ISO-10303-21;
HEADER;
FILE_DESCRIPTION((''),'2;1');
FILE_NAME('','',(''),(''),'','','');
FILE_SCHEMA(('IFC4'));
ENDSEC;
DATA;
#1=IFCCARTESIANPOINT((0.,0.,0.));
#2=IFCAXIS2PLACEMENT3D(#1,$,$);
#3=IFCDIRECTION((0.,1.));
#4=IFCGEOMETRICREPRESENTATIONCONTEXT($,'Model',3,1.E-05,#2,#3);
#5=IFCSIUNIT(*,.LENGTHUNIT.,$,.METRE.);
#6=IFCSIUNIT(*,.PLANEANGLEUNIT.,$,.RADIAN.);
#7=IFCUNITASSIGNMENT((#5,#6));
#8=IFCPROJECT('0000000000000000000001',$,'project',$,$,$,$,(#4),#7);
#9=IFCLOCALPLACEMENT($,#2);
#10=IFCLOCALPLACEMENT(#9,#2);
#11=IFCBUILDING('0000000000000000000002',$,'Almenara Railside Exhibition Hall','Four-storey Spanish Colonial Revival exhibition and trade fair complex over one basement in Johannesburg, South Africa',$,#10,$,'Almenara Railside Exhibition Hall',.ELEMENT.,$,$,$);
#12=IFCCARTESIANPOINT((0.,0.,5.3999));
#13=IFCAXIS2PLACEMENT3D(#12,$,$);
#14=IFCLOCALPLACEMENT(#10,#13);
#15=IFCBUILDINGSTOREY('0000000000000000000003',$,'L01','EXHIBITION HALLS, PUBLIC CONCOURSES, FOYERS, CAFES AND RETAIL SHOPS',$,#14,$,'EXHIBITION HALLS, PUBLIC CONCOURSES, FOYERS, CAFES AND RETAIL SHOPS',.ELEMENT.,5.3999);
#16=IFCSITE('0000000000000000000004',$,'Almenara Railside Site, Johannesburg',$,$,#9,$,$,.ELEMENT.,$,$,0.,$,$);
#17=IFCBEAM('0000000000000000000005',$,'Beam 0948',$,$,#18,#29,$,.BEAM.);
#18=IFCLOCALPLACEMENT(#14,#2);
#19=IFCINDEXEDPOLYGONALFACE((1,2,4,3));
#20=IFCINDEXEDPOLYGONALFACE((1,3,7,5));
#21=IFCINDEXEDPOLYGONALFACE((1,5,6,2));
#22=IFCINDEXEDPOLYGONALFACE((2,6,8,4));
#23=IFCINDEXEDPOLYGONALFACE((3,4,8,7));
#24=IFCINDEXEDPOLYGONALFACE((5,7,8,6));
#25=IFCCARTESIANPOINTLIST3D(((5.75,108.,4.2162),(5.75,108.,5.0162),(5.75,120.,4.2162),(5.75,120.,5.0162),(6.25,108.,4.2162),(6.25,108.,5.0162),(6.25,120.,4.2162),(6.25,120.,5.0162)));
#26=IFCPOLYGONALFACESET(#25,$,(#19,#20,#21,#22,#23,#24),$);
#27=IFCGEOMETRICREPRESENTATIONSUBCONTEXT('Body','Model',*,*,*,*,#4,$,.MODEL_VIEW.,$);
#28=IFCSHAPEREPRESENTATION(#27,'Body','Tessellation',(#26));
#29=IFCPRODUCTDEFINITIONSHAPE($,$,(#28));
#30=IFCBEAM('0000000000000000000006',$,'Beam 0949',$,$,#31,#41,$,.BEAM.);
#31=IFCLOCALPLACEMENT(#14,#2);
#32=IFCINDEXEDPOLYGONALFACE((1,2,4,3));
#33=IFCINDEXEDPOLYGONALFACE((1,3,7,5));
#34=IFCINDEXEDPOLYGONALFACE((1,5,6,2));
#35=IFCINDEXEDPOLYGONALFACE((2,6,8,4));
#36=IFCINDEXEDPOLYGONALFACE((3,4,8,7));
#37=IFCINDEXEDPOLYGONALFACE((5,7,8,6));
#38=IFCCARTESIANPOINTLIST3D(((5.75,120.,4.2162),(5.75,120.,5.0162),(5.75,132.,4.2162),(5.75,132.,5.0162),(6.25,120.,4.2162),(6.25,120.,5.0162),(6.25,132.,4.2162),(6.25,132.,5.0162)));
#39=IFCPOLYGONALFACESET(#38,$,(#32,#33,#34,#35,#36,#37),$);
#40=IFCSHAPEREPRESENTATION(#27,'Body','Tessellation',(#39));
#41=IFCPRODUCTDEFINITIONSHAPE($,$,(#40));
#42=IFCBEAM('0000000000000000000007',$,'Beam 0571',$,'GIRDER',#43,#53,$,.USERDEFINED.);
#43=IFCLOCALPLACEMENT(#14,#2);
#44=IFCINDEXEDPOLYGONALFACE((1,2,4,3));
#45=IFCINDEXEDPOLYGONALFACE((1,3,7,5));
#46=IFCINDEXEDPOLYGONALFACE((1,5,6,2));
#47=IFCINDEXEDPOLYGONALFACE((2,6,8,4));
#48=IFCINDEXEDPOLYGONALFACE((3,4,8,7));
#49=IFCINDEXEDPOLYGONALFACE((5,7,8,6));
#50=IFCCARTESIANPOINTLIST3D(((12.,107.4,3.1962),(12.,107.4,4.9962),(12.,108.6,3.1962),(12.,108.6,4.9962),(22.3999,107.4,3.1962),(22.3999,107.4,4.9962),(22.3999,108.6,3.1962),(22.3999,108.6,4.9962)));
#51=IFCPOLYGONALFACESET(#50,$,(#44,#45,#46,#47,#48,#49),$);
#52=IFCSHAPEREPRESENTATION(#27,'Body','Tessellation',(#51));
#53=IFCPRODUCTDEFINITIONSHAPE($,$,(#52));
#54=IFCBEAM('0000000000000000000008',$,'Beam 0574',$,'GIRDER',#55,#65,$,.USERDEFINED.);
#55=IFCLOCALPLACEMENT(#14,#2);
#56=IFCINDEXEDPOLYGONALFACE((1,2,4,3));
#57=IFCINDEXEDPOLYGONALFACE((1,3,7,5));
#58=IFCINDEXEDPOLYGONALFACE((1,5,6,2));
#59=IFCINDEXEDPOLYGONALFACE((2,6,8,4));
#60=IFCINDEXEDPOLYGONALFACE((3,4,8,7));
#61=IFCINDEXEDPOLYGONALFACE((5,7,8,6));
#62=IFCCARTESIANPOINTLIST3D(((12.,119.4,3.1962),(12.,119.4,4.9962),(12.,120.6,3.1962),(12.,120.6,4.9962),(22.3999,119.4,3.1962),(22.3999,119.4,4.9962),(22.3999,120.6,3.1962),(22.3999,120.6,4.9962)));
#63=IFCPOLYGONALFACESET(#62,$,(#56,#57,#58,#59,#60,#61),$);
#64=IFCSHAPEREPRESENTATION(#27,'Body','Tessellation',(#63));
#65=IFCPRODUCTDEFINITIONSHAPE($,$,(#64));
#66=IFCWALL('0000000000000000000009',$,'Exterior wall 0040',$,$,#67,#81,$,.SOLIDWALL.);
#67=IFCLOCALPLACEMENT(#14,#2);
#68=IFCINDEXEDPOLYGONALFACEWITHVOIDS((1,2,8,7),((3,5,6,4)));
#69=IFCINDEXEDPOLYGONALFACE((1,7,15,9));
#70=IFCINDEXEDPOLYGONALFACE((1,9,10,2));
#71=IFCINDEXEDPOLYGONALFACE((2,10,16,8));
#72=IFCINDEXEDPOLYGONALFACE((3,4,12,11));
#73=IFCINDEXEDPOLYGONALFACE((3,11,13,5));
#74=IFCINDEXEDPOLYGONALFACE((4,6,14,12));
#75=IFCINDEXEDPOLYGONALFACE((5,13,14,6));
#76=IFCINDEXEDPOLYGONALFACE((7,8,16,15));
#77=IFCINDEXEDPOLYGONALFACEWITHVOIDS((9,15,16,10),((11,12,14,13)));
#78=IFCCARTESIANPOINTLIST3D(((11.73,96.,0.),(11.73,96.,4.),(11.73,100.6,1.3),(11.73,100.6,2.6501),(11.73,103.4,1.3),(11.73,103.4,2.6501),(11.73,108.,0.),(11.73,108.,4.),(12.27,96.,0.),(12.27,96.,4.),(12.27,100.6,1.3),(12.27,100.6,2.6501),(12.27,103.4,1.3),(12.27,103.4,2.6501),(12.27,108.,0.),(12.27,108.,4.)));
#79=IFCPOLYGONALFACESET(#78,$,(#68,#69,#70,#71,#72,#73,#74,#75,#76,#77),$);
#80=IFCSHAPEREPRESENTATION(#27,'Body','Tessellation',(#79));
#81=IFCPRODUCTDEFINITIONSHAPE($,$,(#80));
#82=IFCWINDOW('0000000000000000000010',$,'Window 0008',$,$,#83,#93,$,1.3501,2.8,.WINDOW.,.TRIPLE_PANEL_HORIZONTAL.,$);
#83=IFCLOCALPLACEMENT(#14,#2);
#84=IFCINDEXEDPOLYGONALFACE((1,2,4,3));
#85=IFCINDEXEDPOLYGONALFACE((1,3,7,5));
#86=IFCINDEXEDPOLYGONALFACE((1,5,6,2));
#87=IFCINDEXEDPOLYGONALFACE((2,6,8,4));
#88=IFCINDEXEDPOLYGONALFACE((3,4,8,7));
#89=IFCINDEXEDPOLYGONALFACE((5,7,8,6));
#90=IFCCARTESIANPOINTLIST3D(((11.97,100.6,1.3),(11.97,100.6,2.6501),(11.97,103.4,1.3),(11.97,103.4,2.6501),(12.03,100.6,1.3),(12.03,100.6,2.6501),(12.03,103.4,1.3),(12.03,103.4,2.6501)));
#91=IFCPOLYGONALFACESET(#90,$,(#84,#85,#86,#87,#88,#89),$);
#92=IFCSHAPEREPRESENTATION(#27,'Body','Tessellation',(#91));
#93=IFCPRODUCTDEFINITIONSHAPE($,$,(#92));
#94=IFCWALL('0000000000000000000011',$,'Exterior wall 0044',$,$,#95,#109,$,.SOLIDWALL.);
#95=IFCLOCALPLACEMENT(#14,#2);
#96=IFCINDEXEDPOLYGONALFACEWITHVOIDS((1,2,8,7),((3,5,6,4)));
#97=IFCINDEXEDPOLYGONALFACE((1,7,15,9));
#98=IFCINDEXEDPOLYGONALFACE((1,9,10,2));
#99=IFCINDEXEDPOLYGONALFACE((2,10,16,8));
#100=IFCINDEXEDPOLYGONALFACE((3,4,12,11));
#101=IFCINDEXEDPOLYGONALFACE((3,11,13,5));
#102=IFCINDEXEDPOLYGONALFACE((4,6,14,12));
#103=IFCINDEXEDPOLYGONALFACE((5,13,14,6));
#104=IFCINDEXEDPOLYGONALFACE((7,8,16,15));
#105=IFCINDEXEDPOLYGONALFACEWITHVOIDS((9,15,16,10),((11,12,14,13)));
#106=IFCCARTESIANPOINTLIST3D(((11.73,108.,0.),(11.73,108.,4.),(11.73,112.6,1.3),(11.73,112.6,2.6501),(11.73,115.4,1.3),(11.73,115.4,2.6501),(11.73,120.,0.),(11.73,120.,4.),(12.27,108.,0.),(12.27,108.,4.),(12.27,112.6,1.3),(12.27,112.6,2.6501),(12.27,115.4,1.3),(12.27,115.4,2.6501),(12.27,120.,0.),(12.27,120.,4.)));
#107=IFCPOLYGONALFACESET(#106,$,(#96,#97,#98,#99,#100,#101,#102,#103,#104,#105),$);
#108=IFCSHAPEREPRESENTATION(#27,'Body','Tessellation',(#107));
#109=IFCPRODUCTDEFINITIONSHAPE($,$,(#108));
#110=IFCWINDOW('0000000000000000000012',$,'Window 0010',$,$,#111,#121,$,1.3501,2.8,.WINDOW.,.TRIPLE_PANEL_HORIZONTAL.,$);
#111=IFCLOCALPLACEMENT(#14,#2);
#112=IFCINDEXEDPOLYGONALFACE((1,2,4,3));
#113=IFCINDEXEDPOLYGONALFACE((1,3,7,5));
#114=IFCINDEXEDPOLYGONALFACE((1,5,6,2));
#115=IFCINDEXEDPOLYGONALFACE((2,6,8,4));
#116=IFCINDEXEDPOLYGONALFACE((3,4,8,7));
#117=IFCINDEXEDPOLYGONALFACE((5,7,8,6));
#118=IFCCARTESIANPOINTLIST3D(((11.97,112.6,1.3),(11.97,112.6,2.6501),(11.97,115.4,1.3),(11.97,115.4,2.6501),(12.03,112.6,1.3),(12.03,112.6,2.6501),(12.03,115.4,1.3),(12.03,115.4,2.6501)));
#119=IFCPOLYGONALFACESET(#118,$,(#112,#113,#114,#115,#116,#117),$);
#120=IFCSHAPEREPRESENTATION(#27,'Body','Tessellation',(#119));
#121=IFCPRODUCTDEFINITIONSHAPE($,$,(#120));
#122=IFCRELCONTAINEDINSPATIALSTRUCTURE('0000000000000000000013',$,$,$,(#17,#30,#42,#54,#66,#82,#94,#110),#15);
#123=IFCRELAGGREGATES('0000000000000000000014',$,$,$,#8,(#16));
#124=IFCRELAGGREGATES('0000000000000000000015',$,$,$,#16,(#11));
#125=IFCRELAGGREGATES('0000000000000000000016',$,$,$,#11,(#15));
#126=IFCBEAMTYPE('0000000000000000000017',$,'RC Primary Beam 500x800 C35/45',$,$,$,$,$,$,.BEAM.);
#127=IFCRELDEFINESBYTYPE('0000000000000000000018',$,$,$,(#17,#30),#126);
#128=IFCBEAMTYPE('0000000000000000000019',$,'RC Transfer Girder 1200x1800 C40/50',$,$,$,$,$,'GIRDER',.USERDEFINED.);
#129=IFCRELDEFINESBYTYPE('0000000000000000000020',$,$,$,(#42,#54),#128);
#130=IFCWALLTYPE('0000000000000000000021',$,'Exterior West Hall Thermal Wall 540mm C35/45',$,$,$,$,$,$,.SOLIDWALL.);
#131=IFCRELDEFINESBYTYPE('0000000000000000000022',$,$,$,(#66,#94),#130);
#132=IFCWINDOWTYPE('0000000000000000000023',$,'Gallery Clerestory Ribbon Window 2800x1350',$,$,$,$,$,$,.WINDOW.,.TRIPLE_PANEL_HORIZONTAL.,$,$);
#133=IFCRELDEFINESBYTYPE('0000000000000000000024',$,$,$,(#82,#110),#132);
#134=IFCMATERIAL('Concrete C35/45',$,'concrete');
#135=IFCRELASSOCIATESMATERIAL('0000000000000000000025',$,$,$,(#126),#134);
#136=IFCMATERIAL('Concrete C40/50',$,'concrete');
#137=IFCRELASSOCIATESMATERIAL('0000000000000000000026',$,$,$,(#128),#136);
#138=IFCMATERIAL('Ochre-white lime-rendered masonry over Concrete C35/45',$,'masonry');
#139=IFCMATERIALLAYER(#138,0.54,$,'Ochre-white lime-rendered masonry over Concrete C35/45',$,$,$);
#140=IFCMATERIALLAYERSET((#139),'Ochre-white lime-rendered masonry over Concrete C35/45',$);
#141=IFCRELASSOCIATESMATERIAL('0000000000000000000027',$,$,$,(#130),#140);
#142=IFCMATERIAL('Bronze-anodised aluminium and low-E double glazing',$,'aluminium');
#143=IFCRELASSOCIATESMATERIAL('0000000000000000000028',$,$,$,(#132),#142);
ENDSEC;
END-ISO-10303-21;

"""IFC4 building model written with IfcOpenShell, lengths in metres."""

from ifc_helpers import new_model, si_unit, direction, frame, frame_2d, origin, origin_2d, place, context, subcontext, project, spatial, rectangle, extrude, material, layer, layer_set, material_profile, profile_set, type_object, element, fill, save


model = new_model("IFC4")

# Units and contexts
model_context = context("Model", 3, precision=1e-05, world=origin(), true_north=direction((0.0, 1.0)))
body_context = subcontext(model_context, "Body", "Model", "MODEL_VIEW")
ifc_project = project(units=[si_unit("LENGTHUNIT", "METRE"), si_unit("PLANEANGLEUNIT", "RADIAN")], contexts=[model_context])

# Site, building, storey
site_placement = place(None, origin())
site = spatial("IfcSite", under=ifc_project, at=site_placement, Name="Almenara Railside Site, Johannesburg", CompositionType="ELEMENT", RefElevation=0.0)
building_placement = place(site_placement, origin())
building = spatial("IfcBuilding", under=site, at=building_placement, Name="Almenara Railside Exhibition Hall", Description="Four-storey Spanish Colonial Revival exhibition and trade fair complex over one basement in Johannesburg, South Africa", LongName="Almenara Railside Exhibition Hall", CompositionType="ELEMENT")
storey_placement = place(building_placement, frame((0.0, 0.0, 5.3999)))
storey = spatial("IfcBuildingStorey", under=building, at=storey_placement, Name="L01", Description="EXHIBITION HALLS, PUBLIC CONCOURSES, FOYERS, CAFES AND RETAIL SHOPS", LongName="EXHIBITION HALLS, PUBLIC CONCOURSES, FOYERS, CAFES AND RETAIL SHOPS", CompositionType="ELEMENT", Elevation=5.3999)

# Shared definitions
ifc_material_1 = material(Name="Concrete C35/45", Category="concrete")
ifc_material_2 = material(Name="Concrete C40/50", Category="concrete")

# Beams
ifc_material_profile_1 = material_profile(ifc_material_1, rectangle(XDim=0.5, YDim=0.8, at=origin_2d()), Name="RC 500x800")
ifc_profile_set_1 = profile_set([ifc_material_profile_1], Name="Concrete C35/45")
beam_type_1 = type_object("IfcBeamType", Name="RC Primary Beam 500x800 C35/45", PredefinedType="BEAM", material=ifc_profile_set_1)
for number, where, z_axis, x_axis, name in (
    (1, (6.0, 108.0, 4.6162), (0.0, 1.0, 0.0), (-1.0, 0.0, 0.0), "Beam 0948"),
    (2, (6.0, 120.0, 4.6162), (0.0, 1.0, 0.0), (-1.0, 0.0, 0.0), "Beam 0949"),
):
    element("IfcBeam", number, at=place(storey_placement, frame(where, z_axis=z_axis, x_axis=x_axis)), inside=storey, type_object=beam_type_1, Name=name, PredefinedType="BEAM", context=body_context, shape_type="SweptSolid", body=[
        extrude(rectangle(XDim=0.5, YDim=0.8, at=origin_2d()), origin(), (0.0, 0.0, 1.0), 12.0),
    ])
ifc_material_profile_2 = material_profile(ifc_material_2, rectangle(XDim=1.2, YDim=1.8, at=origin_2d()), Name="RC 1200x1800")
ifc_profile_set_2 = profile_set([ifc_material_profile_2], Name="Concrete C40/50")
beam_type_2 = type_object("IfcBeamType", Name="RC Transfer Girder 1200x1800 C40/50", ElementType="GIRDER", PredefinedType="USERDEFINED", material=ifc_profile_set_2)
for number, where, z_axis, x_axis, name in (
    (3, (12.0, 108.0, 4.0962), (1.0, 0.0, 0.0), (0.0, 1.0, 0.0), "Beam 0571"),
    (4, (12.0, 120.0, 4.0962), (1.0, 0.0, 0.0), (0.0, 1.0, 0.0), "Beam 0574"),
):
    element("IfcBeam", number, at=place(storey_placement, frame(where, z_axis=z_axis, x_axis=x_axis)), inside=storey, type_object=beam_type_2, Name=name, ObjectType="GIRDER", PredefinedType="USERDEFINED", context=body_context, shape_type="SweptSolid", body=[
        extrude(rectangle(XDim=1.2, YDim=1.8, at=origin_2d()), origin(), (0.0, 0.0, 1.0), 10.3999),
    ])

# Walls, openings, windows
ifc_material_3 = material(Name="Ochre-white lime-rendered masonry over Concrete C35/45", Category="masonry")
ifc_layer = layer(ifc_material_3, 0.54, Name="Ochre-white lime-rendered masonry over Concrete C35/45")
ifc_layer_set = layer_set([ifc_layer], Name="Ochre-white lime-rendered masonry over Concrete C35/45")
wall_type = type_object("IfcWallType", Name="Exterior West Hall Thermal Wall 540mm C35/45", PredefinedType="SOLIDWALL", material=ifc_layer_set)
wall_1_placement = place(storey_placement, frame((12.0, 108.0, 0.0), z_axis=(0.0, 0.0, 1.0), x_axis=(0.0, -1.0, 0.0)))
wall_1 = element("IfcWall", 5, at=wall_1_placement, inside=storey, type_object=wall_type, Name="Exterior wall 0040", PredefinedType="SOLIDWALL", context=body_context, shape_type="SweptSolid", body=[
    extrude(rectangle(XDim=12.0, YDim=0.54, at=frame_2d((6.0, 0.0))), origin(), (0.0, 0.0, 1.0), 4.0),
])
opening_1_placement = place(wall_1_placement, frame((4.6001, 0.0, 1.3)))
opening_1 = element("IfcOpeningElement", 6, at=opening_1_placement, cuts=wall_1, PredefinedType="OPENING", context=body_context, shape_type="SweptSolid", body=[
    extrude(rectangle(XDim=2.8, YDim=1.3501, at=frame_2d((1.3999, 0.675))), frame((0.0, 0.28, 0.0), z_axis=(0.0, -1.0, 0.0), x_axis=(1.0, 0.0, 0.0)), (0.0, 0.0, 1.0), 0.5601),
])
ifc_material_4 = material(Name="Bronze-anodised aluminium and low-E double glazing", Category="aluminium")
window_type = type_object("IfcWindowType", Name="Gallery Clerestory Ribbon Window 2800x1350", PartitioningType="TRIPLE_PANEL_HORIZONTAL", PredefinedType="WINDOW", material=ifc_material_4)
window_1_placement = place(opening_1_placement, origin())
window_1 = element("IfcWindow", 7, at=window_1_placement, inside=storey, type_object=window_type, Name="Window 0008", OverallHeight=1.3501, OverallWidth=2.8, PartitioningType="TRIPLE_PANEL_HORIZONTAL", PredefinedType="WINDOW", context=body_context, shape_type="SweptSolid", body=[
    extrude(rectangle(XDim=2.8, YDim=1.3501, at=frame_2d((1.3999, 0.675))), frame((0.0, 0.03, 0.0), z_axis=(0.0, -1.0, 0.0), x_axis=(1.0, 0.0, 0.0)), (0.0, 0.0, 1.0), 0.0601),
])
fill(opening_1, window_1)
wall_2_placement = place(storey_placement, frame((12.0, 120.0, 0.0), z_axis=(0.0, 0.0, 1.0), x_axis=(0.0, -1.0, 0.0)))
wall_2 = element("IfcWall", 8, at=wall_2_placement, inside=storey, type_object=wall_type, Name="Exterior wall 0044", PredefinedType="SOLIDWALL", context=body_context, shape_type="SweptSolid", body=[
    extrude(rectangle(XDim=12.0, YDim=0.54, at=frame_2d((6.0, 0.0))), origin(), (0.0, 0.0, 1.0), 4.0),
])
opening_2_placement = place(wall_2_placement, frame((4.6001, 0.0, 1.3)))
opening_2 = element("IfcOpeningElement", 9, at=opening_2_placement, cuts=wall_2, PredefinedType="OPENING", context=body_context, shape_type="SweptSolid", body=[
    extrude(rectangle(XDim=2.8, YDim=1.3501, at=frame_2d((1.3999, 0.675))), frame((0.0, 0.28, 0.0), z_axis=(0.0, -1.0, 0.0), x_axis=(1.0, 0.0, 0.0)), (0.0, 0.0, 1.0), 0.5601),
])
window_2_placement = place(opening_2_placement, origin())
window_2 = element("IfcWindow", 10, at=window_2_placement, inside=storey, type_object=window_type, Name="Window 0010", OverallHeight=1.3501, OverallWidth=2.8, PartitioningType="TRIPLE_PANEL_HORIZONTAL", PredefinedType="WINDOW", context=body_context, shape_type="SweptSolid", body=[
    extrude(rectangle(XDim=2.8, YDim=1.3501, at=frame_2d((1.3999, 0.675))), frame((0.0, 0.03, 0.0), z_axis=(0.0, -1.0, 0.0), x_axis=(1.0, 0.0, 0.0)), (0.0, 0.0, 1.0), 0.0601),
])
fill(opening_2, window_2)

save(model, "model.ifc")
